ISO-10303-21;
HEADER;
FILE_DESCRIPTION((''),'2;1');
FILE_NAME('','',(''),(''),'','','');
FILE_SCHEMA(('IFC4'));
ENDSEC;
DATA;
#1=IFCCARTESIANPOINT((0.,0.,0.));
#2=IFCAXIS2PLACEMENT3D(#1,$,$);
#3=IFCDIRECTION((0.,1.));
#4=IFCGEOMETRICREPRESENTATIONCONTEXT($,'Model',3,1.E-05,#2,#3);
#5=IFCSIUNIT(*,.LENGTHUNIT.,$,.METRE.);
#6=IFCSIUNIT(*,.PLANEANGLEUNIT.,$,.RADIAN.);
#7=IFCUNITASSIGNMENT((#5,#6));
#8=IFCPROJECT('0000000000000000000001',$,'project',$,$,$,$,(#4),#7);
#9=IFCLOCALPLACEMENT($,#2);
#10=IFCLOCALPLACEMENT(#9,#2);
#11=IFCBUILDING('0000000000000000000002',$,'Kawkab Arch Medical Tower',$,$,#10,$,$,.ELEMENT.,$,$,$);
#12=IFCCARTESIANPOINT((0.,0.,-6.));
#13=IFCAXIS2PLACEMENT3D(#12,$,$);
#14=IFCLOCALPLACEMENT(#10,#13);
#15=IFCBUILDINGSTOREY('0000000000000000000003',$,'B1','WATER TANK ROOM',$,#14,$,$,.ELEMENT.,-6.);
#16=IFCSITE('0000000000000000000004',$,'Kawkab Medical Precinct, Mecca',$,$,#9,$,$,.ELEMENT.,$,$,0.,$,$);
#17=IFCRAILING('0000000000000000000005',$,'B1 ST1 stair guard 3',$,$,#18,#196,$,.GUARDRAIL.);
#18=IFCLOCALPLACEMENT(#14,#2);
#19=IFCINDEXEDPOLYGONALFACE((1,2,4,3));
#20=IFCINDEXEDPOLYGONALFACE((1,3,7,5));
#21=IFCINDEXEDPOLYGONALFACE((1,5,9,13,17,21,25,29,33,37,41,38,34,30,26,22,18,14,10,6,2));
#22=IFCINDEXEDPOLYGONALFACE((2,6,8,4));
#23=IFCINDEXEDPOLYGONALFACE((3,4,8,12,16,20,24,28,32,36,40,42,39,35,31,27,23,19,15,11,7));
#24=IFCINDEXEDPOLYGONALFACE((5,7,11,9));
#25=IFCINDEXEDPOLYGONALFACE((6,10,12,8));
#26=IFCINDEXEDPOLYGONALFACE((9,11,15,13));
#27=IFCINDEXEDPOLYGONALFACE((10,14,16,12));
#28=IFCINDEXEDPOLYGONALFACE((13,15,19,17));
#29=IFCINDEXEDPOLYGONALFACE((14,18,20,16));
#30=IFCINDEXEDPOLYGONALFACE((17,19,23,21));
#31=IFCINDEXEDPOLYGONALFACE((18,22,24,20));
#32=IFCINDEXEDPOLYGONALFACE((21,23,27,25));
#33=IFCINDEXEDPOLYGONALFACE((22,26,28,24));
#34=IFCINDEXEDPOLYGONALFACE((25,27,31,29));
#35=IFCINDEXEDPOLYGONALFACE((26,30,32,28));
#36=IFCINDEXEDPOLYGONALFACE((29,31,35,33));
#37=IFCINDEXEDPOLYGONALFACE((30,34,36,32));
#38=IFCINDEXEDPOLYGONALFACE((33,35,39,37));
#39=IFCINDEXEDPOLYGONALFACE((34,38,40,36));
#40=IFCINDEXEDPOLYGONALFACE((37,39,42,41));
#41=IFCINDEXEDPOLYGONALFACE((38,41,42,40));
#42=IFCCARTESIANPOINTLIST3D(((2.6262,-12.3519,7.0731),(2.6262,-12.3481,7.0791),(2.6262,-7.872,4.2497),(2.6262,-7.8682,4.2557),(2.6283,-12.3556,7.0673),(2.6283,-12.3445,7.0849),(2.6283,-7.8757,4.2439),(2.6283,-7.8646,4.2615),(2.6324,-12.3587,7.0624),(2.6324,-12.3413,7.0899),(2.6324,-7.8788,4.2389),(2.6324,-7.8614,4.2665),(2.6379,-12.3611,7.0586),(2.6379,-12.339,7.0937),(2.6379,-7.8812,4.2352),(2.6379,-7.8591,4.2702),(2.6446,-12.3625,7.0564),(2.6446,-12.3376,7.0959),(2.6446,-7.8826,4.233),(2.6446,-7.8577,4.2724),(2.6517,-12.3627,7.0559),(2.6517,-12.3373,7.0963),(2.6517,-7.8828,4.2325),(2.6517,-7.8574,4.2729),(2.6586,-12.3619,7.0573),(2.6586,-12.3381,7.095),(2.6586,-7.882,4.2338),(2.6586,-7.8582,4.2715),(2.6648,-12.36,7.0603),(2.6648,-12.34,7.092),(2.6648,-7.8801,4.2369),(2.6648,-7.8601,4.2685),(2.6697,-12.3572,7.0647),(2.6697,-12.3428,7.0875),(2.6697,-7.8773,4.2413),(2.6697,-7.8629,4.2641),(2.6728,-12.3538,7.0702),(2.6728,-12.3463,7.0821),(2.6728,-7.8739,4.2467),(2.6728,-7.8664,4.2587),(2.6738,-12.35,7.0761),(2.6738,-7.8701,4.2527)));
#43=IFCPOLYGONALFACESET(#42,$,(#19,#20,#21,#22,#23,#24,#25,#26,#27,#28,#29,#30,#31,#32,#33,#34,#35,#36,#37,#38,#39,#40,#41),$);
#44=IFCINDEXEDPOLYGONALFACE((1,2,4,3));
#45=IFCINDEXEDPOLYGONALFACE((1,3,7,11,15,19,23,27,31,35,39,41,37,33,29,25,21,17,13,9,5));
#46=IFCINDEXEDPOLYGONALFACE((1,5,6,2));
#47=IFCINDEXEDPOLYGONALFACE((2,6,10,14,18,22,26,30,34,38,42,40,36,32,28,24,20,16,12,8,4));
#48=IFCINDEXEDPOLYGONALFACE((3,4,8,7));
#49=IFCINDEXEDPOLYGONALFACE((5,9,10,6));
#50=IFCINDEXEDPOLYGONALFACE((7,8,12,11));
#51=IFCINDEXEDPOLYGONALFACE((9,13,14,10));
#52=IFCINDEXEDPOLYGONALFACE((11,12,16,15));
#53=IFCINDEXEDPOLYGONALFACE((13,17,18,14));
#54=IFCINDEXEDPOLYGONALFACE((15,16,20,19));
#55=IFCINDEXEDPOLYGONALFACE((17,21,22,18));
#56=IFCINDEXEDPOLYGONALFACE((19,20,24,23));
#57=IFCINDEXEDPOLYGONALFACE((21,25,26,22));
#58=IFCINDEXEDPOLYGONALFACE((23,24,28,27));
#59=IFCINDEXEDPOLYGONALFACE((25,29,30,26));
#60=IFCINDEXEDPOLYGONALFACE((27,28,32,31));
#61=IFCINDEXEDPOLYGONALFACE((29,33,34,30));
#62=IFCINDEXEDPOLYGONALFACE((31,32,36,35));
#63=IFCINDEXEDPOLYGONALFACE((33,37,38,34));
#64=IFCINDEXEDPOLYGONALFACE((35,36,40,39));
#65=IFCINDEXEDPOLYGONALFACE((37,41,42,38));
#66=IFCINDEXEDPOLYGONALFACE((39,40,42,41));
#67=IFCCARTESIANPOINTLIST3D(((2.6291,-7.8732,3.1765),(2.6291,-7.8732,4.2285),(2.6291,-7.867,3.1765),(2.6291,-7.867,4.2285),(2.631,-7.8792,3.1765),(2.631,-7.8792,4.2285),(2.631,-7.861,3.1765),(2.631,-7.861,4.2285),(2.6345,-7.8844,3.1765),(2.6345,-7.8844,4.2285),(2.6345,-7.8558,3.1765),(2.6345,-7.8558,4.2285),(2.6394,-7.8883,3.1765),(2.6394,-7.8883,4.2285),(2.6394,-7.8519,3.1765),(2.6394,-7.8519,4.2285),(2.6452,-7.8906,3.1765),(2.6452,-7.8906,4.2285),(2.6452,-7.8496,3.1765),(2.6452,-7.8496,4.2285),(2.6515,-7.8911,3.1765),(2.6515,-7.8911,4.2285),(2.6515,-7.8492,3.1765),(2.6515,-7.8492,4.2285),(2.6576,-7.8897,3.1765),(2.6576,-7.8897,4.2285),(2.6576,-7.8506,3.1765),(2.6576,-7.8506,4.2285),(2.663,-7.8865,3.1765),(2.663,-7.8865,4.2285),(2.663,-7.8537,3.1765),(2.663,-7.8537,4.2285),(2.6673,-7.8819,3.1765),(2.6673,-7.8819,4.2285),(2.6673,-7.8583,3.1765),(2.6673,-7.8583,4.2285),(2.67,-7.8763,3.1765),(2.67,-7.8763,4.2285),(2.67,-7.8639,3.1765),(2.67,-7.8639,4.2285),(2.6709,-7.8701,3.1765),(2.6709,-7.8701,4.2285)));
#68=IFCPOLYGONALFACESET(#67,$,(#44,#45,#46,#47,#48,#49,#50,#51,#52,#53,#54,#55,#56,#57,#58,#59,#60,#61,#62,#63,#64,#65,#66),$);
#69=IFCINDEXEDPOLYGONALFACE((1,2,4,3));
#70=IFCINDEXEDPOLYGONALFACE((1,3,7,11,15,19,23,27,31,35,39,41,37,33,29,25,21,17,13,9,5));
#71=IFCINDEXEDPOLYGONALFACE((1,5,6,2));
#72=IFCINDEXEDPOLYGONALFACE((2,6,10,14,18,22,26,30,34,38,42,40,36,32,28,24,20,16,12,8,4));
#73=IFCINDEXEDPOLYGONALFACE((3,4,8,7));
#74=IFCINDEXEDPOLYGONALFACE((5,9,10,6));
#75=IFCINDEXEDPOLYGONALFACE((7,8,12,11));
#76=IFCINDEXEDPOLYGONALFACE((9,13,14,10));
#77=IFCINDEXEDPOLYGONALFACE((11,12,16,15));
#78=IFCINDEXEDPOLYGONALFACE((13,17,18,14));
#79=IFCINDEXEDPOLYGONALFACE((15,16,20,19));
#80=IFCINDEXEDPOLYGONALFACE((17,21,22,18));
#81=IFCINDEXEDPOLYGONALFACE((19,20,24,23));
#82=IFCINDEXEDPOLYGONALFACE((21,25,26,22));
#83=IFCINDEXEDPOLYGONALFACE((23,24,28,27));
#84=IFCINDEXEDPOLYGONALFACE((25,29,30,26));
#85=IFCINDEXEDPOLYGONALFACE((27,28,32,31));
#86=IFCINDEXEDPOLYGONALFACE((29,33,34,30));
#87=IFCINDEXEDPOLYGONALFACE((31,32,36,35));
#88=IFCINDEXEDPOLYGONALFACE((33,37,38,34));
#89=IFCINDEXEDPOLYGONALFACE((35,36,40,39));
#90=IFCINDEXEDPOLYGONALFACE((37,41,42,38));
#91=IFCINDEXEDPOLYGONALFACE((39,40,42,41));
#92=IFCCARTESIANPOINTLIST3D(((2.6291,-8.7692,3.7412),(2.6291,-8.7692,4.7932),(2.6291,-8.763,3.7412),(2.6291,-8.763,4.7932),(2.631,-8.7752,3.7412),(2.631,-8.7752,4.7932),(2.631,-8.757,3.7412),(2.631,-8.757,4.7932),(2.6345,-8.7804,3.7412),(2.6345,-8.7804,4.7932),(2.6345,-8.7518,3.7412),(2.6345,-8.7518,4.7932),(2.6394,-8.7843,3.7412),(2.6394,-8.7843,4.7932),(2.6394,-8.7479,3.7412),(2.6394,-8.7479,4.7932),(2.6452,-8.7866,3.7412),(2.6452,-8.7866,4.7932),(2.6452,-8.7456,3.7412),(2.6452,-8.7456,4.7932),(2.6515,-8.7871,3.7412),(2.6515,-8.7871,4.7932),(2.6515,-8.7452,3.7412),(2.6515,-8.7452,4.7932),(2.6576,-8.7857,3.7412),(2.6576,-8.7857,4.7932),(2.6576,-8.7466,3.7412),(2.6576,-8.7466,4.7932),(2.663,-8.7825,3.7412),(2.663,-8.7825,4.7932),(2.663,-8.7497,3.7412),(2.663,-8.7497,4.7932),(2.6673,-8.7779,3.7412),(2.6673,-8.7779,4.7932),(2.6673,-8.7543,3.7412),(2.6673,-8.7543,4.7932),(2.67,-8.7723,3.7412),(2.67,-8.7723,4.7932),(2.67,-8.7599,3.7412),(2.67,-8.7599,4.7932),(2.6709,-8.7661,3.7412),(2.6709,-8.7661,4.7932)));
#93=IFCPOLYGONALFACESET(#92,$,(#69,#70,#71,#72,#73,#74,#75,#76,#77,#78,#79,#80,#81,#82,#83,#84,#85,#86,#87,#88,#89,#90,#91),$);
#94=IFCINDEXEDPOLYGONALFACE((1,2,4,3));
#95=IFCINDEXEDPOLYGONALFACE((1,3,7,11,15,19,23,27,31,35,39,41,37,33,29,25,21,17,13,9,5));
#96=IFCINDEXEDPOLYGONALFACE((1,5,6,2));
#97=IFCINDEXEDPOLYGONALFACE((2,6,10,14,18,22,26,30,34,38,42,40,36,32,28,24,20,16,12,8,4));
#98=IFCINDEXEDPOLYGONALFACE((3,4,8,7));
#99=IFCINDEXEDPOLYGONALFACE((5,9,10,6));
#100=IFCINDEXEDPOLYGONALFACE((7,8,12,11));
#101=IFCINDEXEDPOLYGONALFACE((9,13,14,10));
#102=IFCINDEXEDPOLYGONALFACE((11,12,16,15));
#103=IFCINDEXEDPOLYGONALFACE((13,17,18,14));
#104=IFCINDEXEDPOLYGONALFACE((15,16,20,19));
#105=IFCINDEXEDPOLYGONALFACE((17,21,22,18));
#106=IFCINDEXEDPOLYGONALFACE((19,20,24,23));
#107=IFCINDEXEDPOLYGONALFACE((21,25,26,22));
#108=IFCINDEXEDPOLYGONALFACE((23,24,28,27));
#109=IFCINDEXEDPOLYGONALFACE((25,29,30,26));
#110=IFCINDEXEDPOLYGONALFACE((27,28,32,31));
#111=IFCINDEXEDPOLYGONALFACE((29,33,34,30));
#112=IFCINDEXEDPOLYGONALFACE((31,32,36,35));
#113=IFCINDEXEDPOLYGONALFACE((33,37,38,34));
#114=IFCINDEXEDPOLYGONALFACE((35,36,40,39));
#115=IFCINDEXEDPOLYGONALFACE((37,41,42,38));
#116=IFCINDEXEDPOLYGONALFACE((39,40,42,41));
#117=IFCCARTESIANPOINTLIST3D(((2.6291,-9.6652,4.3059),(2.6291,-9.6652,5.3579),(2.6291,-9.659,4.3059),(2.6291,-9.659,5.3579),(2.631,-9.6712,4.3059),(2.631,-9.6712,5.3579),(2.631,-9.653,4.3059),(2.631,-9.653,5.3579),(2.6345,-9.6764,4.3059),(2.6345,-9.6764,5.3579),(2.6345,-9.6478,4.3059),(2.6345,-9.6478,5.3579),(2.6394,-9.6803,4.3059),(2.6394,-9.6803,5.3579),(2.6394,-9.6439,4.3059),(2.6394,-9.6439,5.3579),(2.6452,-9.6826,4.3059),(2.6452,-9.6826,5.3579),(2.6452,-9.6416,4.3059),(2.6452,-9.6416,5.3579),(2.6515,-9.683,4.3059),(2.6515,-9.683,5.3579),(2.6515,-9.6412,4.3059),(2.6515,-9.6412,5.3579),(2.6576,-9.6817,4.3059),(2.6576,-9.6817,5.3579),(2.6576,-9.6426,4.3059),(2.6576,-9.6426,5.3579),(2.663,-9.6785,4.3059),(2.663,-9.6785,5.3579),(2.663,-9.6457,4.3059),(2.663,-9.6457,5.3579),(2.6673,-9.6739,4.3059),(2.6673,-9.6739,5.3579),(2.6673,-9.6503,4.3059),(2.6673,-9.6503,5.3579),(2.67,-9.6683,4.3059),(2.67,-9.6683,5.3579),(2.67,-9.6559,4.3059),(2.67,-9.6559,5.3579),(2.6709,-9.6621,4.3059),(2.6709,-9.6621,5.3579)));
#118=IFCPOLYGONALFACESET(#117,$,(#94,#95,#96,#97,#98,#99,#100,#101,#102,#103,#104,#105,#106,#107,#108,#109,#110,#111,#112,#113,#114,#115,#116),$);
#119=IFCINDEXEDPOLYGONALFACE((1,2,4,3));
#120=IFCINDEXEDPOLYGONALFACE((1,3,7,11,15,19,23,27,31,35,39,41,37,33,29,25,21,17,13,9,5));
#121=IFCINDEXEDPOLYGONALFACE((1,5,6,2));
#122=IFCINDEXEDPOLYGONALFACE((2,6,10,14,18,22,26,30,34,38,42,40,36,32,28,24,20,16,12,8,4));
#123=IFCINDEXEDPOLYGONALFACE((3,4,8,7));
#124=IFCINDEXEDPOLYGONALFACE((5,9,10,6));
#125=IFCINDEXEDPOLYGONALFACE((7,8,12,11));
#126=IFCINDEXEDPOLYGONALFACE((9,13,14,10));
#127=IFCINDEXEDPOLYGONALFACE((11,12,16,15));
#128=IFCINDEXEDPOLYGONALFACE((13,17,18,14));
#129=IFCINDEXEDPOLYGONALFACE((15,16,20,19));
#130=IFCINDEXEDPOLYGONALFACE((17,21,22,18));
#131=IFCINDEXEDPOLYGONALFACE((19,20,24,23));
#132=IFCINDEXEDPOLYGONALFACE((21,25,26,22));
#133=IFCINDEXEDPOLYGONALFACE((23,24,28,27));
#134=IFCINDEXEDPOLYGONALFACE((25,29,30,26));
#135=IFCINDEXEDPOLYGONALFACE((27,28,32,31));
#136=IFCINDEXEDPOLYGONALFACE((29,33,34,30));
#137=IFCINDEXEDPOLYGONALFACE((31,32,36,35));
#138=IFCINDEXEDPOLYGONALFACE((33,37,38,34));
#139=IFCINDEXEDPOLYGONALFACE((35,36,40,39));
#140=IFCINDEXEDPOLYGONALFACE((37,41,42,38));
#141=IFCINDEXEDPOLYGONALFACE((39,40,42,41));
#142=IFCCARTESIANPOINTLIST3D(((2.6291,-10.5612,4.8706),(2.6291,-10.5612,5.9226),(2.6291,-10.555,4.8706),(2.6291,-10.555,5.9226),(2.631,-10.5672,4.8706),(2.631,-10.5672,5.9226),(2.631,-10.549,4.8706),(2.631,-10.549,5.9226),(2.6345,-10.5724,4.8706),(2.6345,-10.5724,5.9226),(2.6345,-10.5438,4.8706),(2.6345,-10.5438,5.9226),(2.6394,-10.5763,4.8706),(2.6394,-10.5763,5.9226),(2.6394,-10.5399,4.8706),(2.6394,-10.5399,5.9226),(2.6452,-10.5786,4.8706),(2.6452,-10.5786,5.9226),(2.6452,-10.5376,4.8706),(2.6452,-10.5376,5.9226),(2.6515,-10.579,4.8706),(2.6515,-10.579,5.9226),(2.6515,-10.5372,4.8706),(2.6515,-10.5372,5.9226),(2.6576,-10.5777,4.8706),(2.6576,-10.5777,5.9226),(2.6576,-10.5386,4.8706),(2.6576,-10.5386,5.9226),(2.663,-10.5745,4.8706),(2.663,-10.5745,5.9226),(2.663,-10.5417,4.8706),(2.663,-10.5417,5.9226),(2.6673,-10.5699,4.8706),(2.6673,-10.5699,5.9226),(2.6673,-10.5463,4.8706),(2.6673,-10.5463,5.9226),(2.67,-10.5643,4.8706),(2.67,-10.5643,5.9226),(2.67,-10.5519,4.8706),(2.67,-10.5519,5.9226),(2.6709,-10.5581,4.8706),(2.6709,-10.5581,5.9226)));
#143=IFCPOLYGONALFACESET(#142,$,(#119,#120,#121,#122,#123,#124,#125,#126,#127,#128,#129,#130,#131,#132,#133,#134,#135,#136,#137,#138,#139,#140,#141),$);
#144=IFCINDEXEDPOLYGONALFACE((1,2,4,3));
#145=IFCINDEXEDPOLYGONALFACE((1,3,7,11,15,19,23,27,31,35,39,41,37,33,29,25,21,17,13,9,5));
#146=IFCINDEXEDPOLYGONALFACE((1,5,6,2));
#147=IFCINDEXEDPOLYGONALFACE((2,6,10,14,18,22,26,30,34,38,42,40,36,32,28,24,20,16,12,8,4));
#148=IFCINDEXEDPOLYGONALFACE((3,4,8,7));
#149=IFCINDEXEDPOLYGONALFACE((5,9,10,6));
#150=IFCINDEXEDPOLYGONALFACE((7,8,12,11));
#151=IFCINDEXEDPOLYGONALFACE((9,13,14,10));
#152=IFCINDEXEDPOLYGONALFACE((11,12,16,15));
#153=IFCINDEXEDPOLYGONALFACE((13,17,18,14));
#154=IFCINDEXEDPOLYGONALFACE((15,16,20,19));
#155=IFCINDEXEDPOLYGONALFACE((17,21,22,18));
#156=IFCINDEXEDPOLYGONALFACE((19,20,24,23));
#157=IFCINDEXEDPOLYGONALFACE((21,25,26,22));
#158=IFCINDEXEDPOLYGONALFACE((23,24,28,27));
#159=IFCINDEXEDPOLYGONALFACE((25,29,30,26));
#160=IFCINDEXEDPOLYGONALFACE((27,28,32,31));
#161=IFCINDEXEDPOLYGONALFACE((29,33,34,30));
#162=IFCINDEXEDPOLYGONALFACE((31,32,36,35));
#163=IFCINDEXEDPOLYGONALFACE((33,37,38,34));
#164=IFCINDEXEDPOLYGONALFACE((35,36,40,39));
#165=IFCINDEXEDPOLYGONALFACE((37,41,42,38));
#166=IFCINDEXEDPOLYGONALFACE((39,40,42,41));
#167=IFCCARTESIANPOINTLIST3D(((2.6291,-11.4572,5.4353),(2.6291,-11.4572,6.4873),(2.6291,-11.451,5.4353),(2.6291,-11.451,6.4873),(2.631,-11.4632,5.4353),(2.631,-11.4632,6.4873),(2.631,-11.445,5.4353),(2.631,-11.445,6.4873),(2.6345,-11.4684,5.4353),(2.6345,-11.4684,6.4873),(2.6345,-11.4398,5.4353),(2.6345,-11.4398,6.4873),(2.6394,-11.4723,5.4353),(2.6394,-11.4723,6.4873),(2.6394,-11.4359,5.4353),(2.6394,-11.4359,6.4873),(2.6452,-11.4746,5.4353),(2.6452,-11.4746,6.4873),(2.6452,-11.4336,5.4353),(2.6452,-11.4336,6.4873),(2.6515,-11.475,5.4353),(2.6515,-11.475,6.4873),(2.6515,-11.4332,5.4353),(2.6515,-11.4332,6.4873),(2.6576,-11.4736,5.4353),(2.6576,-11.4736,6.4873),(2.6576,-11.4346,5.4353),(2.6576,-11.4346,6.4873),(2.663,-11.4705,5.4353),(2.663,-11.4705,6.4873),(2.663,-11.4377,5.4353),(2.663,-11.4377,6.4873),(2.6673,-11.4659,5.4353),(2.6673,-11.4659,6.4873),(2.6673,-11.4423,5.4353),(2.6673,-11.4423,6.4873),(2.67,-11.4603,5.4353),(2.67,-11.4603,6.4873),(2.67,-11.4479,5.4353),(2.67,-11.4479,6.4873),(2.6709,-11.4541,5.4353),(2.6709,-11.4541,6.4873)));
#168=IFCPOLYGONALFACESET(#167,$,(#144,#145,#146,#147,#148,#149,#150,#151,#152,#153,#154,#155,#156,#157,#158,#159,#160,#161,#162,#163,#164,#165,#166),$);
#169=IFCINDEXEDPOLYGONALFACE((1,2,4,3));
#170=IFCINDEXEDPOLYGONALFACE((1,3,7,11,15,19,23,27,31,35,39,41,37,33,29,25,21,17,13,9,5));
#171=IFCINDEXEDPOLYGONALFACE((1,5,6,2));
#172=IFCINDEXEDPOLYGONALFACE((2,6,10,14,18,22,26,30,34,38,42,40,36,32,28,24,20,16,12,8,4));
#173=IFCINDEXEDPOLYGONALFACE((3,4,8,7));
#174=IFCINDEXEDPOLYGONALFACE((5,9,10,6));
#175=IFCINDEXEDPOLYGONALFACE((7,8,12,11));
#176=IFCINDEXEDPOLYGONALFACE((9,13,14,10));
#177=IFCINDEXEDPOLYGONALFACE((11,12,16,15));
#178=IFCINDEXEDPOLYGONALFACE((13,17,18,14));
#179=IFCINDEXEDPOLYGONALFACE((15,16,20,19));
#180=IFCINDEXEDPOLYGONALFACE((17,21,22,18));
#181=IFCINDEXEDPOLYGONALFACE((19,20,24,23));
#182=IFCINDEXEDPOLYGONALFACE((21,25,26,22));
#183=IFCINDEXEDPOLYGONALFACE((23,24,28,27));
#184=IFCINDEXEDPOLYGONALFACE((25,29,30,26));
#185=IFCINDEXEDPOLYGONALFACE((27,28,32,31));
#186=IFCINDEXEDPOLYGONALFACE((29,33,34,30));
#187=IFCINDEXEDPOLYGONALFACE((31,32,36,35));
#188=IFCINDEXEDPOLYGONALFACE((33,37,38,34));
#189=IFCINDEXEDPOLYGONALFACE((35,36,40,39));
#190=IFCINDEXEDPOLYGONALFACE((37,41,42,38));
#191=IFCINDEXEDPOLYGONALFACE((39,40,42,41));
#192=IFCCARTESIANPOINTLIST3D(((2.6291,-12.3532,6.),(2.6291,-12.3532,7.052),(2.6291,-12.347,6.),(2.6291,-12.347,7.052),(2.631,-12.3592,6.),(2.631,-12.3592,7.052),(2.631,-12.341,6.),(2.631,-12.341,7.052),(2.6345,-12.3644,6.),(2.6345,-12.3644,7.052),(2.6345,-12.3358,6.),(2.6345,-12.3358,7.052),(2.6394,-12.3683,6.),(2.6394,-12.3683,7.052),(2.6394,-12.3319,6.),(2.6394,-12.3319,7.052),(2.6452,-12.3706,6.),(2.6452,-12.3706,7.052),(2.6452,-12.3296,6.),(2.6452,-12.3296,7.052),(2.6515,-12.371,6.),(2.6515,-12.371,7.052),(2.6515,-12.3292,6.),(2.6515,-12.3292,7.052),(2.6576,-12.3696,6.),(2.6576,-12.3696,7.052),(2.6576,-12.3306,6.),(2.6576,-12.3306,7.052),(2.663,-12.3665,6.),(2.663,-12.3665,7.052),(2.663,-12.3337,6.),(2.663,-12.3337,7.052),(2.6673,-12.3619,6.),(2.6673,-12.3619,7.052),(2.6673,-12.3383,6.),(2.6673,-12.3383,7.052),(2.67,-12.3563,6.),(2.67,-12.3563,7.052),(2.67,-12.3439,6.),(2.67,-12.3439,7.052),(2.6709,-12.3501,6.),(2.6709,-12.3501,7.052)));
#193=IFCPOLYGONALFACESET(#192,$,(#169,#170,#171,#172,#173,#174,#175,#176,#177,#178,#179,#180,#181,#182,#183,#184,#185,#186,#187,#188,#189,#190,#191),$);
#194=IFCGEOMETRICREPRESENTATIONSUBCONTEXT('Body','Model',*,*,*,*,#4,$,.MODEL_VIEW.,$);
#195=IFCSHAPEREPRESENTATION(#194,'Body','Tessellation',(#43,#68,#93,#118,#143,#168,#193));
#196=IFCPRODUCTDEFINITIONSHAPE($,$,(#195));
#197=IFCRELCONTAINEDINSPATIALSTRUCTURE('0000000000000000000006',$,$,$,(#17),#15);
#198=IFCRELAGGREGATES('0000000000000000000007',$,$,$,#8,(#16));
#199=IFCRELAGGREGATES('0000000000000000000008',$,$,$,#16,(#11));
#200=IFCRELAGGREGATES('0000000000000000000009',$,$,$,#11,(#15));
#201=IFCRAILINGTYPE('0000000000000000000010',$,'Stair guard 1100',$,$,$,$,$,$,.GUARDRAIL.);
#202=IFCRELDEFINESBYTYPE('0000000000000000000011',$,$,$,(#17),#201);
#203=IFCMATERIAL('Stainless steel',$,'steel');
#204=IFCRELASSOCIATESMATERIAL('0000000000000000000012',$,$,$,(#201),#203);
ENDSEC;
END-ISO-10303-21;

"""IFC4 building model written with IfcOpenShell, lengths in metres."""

from ifc_helpers import new_model, si_unit, direction, frame, origin, origin_2d, place, context, subcontext, project, spatial, circle, extrude, material, type_object, element, save


model = new_model("IFC4")

# Units and contexts
model_context = context("Model", 3, precision=1e-05, world=origin(), true_north=direction((0.0, 1.0)))
body_context = subcontext(model_context, "Body", "Model", "MODEL_VIEW")
ifc_project = project(units=[si_unit("LENGTHUNIT", "METRE"), si_unit("PLANEANGLEUNIT", "RADIAN")], contexts=[model_context])

# Site, building, storey
site_placement = place(None, origin())
site = spatial("IfcSite", under=ifc_project, at=site_placement, Name="Kawkab Medical Precinct, Mecca", CompositionType="ELEMENT", RefElevation=0.0)
building_placement = place(site_placement, origin())
building = spatial("IfcBuilding", under=site, at=building_placement, Name="Kawkab Arch Medical Tower", CompositionType="ELEMENT")
storey_placement = place(building_placement, frame((0.0, 0.0, -6.0)))
storey = spatial("IfcBuildingStorey", under=building, at=storey_placement, Name="B1", Description="WATER TANK ROOM", CompositionType="ELEMENT", Elevation=-6.0)

# Railing
ifc_material_1 = material(Name="Stainless steel", Category="steel")
railing_type = type_object("IfcRailingType", Name="Stair guard 1100", PredefinedType="GUARDRAIL", material=ifc_material_1)
railing_1_placement = place(storey_placement, frame((2.6499, -7.8701, 3.1765)))
element("IfcRailing", 1, at=railing_1_placement, inside=storey, type_object=railing_type, Name="B1 ST1 stair guard 3", PredefinedType="GUARDRAIL", context=body_context, shape_type="SweptSolid", body=[
    extrude(circle(Radius=0.0239, at=origin_2d()), frame((0.0, 0.0, 1.0762), z_axis=(0.0, -0.845998, 0.533186), x_axis=(1.0, 0.0, 0.0)), (0.0, 0.0, 1.0), 5.2954),
    extrude(circle(Radius=0.021, at=origin_2d()), origin(), (0.0, 0.0, 1.0), 1.052),
    extrude(circle(Radius=0.021, at=origin_2d()), frame((0.0, -0.896, 0.5647)), (0.0, 0.0, 1.0), 1.052),
    extrude(circle(Radius=0.021, at=origin_2d()), frame((0.0, -1.792, 1.1294)), (0.0, 0.0, 1.0), 1.052),
    extrude(circle(Radius=0.021, at=origin_2d()), frame((0.0, -2.688, 1.6941)), (0.0, 0.0, 1.0), 1.052),
    extrude(circle(Radius=0.021, at=origin_2d()), frame((0.0, -3.584, 2.2588)), (0.0, 0.0, 1.0), 1.052),
    extrude(circle(Radius=0.021, at=origin_2d()), frame((0.0, -4.48, 2.8235)), (0.0, 0.0, 1.0), 1.052),
])

save(model, "model.ifc")
